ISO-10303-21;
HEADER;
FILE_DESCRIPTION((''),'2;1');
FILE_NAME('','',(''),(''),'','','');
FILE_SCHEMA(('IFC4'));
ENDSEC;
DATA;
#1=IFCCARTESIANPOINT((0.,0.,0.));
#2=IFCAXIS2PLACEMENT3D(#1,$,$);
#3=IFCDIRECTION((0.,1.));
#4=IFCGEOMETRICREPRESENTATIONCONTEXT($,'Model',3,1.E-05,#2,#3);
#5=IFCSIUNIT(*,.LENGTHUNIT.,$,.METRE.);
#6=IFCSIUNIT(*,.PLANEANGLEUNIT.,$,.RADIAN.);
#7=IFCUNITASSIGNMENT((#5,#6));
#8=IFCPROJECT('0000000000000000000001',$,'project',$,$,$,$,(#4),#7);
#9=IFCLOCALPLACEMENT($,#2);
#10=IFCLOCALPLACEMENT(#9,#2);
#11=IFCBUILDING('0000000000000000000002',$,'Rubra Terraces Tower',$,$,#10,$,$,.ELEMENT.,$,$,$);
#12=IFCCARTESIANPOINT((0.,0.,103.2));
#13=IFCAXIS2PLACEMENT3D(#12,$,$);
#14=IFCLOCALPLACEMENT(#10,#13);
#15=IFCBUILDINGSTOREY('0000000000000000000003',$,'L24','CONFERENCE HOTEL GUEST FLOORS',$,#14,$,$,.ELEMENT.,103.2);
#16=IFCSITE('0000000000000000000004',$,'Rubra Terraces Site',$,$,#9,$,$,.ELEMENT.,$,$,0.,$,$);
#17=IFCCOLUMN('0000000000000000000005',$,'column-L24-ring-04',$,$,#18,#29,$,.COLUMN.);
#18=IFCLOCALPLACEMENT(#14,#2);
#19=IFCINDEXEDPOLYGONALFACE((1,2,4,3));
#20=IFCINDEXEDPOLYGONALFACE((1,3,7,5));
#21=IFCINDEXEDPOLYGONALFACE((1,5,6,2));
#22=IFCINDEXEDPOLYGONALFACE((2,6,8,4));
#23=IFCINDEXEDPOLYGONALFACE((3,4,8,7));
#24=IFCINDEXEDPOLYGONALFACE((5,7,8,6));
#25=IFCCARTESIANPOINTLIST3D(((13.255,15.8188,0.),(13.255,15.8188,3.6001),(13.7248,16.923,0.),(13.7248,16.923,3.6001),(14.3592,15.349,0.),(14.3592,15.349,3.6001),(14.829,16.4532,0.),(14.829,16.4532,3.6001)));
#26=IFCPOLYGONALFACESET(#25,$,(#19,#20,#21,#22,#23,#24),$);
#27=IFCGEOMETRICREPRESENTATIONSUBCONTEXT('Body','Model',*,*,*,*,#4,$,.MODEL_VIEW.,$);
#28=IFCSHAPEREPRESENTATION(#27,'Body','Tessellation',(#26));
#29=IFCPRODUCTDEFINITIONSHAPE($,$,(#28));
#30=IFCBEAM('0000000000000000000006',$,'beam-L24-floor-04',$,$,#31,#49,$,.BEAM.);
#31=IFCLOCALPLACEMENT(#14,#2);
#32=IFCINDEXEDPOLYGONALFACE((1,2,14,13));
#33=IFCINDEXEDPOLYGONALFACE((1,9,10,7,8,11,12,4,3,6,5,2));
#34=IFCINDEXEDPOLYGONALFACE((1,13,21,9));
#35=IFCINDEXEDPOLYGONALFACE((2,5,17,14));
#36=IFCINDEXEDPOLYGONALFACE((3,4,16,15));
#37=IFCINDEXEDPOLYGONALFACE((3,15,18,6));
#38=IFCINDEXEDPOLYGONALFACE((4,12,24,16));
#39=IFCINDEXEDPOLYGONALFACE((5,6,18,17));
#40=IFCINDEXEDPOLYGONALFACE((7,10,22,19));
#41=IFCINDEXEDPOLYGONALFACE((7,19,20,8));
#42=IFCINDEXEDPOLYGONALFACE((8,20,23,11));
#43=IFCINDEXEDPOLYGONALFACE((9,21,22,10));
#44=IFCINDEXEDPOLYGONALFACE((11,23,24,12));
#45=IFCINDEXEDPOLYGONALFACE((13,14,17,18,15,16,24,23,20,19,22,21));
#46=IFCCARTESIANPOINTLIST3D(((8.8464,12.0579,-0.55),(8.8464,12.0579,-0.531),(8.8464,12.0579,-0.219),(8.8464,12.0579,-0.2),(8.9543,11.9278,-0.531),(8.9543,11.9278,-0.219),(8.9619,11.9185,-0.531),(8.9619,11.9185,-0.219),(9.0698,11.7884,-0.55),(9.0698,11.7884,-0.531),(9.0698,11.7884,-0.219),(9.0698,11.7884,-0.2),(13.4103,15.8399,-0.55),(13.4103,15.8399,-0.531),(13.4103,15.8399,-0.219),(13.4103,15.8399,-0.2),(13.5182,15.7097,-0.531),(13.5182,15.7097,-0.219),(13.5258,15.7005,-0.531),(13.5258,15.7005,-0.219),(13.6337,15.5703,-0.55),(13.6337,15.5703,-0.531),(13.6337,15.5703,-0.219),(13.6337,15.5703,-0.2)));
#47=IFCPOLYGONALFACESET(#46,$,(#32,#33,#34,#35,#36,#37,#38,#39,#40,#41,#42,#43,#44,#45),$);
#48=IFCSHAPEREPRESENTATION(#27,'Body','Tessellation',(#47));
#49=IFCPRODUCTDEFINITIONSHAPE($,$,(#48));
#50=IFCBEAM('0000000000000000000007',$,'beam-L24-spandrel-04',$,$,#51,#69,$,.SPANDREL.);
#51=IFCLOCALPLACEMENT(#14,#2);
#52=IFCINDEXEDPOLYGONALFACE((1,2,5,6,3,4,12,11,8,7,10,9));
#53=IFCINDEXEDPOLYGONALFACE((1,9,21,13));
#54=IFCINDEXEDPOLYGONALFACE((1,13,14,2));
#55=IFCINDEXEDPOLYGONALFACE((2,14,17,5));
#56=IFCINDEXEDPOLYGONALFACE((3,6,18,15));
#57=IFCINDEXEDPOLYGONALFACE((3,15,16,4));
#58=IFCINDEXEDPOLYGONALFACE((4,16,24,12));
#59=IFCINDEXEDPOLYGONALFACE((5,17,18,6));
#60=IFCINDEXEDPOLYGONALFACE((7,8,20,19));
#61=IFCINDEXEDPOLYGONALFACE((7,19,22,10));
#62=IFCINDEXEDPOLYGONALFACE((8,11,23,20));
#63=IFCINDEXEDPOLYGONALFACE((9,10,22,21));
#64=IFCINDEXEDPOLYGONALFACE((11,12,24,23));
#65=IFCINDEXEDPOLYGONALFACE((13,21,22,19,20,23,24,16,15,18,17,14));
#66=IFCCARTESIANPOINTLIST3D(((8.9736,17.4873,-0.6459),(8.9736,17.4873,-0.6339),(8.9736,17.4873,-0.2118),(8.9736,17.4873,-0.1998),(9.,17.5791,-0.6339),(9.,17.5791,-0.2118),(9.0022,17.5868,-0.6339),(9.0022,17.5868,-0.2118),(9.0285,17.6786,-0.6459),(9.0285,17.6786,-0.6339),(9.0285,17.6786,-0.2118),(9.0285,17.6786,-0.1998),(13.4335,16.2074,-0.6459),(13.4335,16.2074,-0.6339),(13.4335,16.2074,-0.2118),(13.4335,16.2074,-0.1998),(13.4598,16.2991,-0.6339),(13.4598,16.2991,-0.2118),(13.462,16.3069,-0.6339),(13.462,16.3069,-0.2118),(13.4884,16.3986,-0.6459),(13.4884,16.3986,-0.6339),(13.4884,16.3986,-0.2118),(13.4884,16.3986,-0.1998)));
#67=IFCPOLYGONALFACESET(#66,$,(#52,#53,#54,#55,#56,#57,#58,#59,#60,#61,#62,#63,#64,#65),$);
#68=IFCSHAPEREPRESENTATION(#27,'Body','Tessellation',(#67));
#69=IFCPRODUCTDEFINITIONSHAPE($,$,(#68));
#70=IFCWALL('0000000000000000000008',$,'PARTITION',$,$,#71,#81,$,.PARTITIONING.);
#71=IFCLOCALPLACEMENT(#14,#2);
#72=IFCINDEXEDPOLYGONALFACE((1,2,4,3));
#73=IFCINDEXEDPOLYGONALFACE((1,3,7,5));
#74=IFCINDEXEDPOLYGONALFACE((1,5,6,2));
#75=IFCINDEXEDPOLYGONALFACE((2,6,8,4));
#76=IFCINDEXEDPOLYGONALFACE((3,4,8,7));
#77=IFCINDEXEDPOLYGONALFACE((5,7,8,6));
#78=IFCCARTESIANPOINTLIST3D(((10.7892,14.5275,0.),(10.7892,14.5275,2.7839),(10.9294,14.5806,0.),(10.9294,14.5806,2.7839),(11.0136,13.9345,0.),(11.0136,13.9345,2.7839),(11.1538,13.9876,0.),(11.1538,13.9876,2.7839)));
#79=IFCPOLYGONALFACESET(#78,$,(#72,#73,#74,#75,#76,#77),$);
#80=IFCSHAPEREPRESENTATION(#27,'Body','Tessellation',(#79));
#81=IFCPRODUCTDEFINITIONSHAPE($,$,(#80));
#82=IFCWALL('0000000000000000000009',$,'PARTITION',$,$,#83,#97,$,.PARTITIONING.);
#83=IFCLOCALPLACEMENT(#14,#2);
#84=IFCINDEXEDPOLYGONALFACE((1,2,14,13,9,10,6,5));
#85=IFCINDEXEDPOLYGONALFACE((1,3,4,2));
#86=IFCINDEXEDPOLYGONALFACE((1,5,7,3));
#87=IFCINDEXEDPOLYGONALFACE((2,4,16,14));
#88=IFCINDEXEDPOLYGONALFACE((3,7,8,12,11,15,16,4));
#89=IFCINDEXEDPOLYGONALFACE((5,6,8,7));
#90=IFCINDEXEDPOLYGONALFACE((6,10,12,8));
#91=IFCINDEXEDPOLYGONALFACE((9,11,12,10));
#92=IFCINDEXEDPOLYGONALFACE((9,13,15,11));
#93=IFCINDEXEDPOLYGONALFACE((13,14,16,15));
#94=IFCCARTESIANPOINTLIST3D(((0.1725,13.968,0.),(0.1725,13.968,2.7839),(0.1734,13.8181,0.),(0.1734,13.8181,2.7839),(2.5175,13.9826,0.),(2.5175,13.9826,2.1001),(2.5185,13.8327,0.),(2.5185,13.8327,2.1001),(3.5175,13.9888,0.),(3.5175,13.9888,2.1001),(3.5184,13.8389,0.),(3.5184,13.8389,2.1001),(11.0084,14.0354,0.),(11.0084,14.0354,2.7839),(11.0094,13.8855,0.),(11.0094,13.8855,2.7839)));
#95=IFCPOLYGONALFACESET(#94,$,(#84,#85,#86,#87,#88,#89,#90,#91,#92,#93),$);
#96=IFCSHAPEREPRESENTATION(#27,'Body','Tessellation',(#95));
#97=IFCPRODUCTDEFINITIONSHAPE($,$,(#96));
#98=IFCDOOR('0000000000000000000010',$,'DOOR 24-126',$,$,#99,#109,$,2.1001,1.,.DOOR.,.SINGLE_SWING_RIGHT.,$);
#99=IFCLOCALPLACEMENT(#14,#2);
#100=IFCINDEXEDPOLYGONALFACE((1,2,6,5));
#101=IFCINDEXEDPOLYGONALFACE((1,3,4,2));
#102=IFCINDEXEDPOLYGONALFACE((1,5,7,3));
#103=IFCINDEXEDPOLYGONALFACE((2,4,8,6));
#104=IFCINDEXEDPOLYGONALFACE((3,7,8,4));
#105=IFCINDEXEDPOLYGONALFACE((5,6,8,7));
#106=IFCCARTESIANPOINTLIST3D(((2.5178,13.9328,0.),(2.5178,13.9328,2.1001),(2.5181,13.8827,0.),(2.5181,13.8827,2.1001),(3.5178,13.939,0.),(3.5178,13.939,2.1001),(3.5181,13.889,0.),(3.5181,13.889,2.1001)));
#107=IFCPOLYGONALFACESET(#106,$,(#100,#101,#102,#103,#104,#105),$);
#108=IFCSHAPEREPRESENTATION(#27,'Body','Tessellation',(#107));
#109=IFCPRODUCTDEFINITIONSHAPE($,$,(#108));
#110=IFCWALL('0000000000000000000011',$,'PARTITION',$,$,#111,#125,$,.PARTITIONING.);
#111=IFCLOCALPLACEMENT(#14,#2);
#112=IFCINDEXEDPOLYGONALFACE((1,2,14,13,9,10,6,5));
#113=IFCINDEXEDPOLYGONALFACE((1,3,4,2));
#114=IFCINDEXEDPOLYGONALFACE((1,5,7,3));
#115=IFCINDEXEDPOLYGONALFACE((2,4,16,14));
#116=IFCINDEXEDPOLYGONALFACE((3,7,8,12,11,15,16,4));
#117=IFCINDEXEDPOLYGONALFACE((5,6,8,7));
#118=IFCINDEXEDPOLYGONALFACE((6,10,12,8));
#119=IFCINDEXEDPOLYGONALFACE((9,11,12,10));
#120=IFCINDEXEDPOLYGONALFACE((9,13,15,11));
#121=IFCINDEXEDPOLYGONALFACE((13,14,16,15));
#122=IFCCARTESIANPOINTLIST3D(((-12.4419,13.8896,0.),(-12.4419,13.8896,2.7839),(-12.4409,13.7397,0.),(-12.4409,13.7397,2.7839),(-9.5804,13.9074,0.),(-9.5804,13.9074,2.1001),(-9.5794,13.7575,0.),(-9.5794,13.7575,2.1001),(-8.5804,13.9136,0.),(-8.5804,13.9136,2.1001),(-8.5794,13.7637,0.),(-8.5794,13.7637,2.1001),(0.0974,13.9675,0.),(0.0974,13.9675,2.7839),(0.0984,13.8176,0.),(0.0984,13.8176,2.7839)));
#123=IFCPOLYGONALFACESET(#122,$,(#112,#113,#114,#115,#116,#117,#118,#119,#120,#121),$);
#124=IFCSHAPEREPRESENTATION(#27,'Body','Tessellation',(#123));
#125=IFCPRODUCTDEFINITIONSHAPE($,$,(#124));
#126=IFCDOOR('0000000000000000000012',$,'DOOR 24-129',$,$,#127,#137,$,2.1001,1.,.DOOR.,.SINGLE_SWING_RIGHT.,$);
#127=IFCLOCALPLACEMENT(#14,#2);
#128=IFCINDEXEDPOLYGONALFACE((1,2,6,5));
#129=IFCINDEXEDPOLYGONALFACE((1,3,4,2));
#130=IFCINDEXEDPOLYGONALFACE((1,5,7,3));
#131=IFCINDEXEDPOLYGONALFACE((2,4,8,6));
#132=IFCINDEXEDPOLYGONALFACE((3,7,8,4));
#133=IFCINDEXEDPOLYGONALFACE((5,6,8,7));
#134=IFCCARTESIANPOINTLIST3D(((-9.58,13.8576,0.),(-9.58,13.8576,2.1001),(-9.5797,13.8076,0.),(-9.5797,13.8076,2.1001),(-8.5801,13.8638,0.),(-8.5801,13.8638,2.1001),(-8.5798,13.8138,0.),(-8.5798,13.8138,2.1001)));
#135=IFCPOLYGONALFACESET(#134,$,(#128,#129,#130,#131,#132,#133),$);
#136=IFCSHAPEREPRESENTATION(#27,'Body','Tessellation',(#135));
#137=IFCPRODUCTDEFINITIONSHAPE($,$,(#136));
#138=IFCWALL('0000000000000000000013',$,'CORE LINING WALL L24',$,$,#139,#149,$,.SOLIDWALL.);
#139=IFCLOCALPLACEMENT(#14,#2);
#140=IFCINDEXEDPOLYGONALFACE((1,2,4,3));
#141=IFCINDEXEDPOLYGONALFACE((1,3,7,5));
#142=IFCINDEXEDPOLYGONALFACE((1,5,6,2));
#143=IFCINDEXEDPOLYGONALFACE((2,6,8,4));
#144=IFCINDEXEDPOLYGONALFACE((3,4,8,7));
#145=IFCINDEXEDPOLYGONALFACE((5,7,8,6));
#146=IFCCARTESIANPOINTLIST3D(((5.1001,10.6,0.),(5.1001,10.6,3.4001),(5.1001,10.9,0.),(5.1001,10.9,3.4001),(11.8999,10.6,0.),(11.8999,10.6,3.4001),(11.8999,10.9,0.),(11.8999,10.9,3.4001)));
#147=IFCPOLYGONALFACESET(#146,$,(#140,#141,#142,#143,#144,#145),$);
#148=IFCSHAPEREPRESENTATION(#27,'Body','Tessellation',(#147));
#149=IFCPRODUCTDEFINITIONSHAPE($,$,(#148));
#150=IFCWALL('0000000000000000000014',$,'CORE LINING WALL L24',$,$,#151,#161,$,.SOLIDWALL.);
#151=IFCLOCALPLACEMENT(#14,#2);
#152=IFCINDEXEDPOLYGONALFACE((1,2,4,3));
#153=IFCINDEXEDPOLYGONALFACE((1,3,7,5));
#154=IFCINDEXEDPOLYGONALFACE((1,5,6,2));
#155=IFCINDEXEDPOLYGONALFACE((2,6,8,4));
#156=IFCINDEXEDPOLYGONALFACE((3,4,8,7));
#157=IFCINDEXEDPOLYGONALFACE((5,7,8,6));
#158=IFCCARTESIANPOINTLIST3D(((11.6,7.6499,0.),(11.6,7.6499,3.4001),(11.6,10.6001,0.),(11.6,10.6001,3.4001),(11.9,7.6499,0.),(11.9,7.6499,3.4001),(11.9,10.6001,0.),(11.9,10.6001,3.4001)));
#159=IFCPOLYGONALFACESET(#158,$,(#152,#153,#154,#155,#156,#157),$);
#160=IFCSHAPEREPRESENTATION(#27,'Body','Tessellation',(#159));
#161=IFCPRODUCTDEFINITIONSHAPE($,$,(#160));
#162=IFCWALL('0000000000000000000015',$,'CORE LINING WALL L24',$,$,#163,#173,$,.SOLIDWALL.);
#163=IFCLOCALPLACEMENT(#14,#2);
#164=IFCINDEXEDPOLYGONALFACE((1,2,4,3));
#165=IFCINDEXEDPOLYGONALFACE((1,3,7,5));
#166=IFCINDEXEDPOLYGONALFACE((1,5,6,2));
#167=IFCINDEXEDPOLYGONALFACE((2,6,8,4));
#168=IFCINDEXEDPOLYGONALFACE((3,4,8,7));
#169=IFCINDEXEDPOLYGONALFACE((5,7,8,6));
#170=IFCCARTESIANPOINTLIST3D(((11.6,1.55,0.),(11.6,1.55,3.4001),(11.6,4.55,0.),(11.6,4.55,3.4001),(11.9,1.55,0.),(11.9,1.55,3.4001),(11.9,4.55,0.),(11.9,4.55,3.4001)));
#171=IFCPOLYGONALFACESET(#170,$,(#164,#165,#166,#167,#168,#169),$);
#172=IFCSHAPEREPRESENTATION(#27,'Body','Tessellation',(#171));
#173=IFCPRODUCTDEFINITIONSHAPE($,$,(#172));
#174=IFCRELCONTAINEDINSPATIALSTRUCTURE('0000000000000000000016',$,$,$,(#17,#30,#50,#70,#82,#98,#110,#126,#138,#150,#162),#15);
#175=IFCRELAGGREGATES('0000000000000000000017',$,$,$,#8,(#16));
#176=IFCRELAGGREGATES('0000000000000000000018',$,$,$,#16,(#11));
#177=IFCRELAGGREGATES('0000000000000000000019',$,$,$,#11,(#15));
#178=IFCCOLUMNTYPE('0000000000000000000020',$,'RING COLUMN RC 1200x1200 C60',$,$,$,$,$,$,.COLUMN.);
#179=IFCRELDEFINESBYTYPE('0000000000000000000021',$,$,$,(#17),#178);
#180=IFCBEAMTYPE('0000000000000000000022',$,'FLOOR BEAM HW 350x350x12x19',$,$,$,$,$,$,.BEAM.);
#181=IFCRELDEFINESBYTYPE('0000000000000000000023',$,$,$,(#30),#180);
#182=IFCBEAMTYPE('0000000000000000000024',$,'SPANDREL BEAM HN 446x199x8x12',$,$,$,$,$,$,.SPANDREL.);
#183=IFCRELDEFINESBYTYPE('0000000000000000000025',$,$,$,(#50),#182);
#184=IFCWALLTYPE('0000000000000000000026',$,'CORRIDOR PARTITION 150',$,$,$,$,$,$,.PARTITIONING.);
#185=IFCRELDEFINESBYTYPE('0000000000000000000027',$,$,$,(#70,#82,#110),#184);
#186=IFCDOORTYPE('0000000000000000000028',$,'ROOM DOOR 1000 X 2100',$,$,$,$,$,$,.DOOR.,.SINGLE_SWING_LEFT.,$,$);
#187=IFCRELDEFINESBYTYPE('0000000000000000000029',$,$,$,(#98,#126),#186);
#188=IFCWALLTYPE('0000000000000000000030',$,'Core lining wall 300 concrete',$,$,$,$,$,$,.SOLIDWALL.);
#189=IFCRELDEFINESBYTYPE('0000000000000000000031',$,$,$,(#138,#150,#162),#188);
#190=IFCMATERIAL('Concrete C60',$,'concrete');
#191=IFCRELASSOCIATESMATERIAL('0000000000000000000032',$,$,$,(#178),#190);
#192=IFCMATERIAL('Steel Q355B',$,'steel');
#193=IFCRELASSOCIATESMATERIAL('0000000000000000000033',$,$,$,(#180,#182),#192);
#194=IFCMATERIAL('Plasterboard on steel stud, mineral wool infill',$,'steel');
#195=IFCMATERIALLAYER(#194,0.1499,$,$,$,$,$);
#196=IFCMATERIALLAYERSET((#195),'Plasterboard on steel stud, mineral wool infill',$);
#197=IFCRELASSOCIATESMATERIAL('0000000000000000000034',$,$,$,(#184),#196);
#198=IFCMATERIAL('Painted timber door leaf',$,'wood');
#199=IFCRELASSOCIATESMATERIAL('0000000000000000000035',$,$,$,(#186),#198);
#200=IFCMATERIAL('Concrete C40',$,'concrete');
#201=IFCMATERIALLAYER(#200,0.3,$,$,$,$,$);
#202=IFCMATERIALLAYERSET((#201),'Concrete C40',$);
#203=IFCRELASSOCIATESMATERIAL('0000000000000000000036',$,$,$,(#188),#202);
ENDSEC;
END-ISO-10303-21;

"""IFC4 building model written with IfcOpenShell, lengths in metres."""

from ifc_helpers import new_model, si_unit, direction, frame, frame_2d, origin, origin_2d, place, context, subcontext, project, spatial, rectangle, i_section, extrude, material, layer, layer_set, material_profile, profile_set, type_object, element, fill, save


model = new_model("IFC4")

# Units and contexts
model_context = context("Model", 3, precision=1e-05, world=origin(), true_north=direction((0.0, 1.0)))
body_context = subcontext(model_context, "Body", "Model", "MODEL_VIEW")
ifc_project = project(units=[si_unit("LENGTHUNIT", "METRE"), si_unit("PLANEANGLEUNIT", "RADIAN")], contexts=[model_context])

# Site, building, storey
site_placement = place(None, origin())
site = spatial("IfcSite", under=ifc_project, at=site_placement, Name="Rubra Terraces Site", CompositionType="ELEMENT", RefElevation=0.0)
building_placement = place(site_placement, origin())
building = spatial("IfcBuilding", under=site, at=building_placement, Name="Rubra Terraces Tower", CompositionType="ELEMENT")
storey_placement = place(building_placement, frame((0.0, 0.0, 103.2)))
storey = spatial("IfcBuildingStorey", under=building, at=storey_placement, Name="L24", Description="CONFERENCE HOTEL GUEST FLOORS", CompositionType="ELEMENT", Elevation=103.2)

# Column
ifc_material_1 = material(Name="Concrete C60", Category="concrete")
ifc_material_profile_1 = material_profile(ifc_material_1, rectangle(XDim=1.2, YDim=1.2, at=origin_2d()), Name="RC 1200x1200")
ifc_profile_set_1 = profile_set([ifc_material_profile_1], Name="Concrete C60")
column_type = type_object("IfcColumnType", Name="RING COLUMN RC 1200x1200 C60", PredefinedType="COLUMN", material=ifc_profile_set_1)
column_placement = place(storey_placement, frame((14.042, 16.136, 0.0), z_axis=(0.0, 0.0, 1.0), x_axis=(-0.920168, 0.391524, 0.0)))
element("IfcColumn", 1, at=column_placement, inside=storey, type_object=column_type, Name="column-L24-ring-04", PredefinedType="COLUMN", context=body_context, shape_type="SweptSolid", body=[
    extrude(rectangle(XDim=1.2, YDim=1.2, at=origin_2d()), origin(), (0.0, 0.0, 1.0), 3.6001),
])

# Beams
ifc_material_2 = material(Name="Steel Q355B", Category="steel")
ifc_material_profile_2 = material_profile(ifc_material_2, i_section(OverallWidth=0.3501, OverallDepth=0.3501, WebThickness=0.012, FlangeThickness=0.019, at=origin_2d()), Name="HW 350x350x12x19")
ifc_profile_set_2 = profile_set([ifc_material_profile_2], Name="Steel Q355B")
beam_type_1 = type_object("IfcBeamType", Name="FLOOR BEAM HW 350x350x12x19", PredefinedType="BEAM", material=ifc_profile_set_2)
beam_1_placement = place(storey_placement, frame((13.522, 15.7051, -0.375), z_axis=(-0.769987, -0.638059, 0.0), x_axis=(0.638059, -0.769987, 0.0)))
element("IfcBeam", 2, at=beam_1_placement, inside=storey, type_object=beam_type_1, Name="beam-L24-floor-04", PredefinedType="BEAM", context=body_context, shape_type="SweptSolid", body=[
    extrude(i_section(OverallWidth=0.3501, OverallDepth=0.3501, WebThickness=0.012, FlangeThickness=0.019, at=origin_2d()), origin(), (0.0, 0.0, 1.0), 5.9272),
])
ifc_material_profile_3 = material_profile(ifc_material_2, i_section(OverallWidth=0.199, OverallDepth=0.446, WebThickness=0.0081, FlangeThickness=0.012, at=origin_2d()), Name="HN 446x199x8x12")
ifc_profile_set_3 = profile_set([ifc_material_profile_3], Name="Steel Q355B")
beam_type_2 = type_object("IfcBeamType", Name="SPANDREL BEAM HN 446x199x8x12", PredefinedType="SPANDREL", material=ifc_profile_set_3)
beam_2_placement = place(storey_placement, frame((13.4609, 16.303, -0.4229), z_axis=(-0.961196, 0.275868, 0.0), x_axis=(-0.275868, -0.961196, 0.0)))
element("IfcBeam", 3, at=beam_2_placement, inside=storey, type_object=beam_type_2, Name="beam-L24-spandrel-04", PredefinedType="SPANDREL", context=body_context, shape_type="SweptSolid", body=[
    extrude(i_section(OverallWidth=0.199, OverallDepth=0.446, WebThickness=0.0081, FlangeThickness=0.012, at=origin_2d()), origin(), (0.0, 0.0, 1.0), 4.6399),
])

# Wall
ifc_material_3 = material(Name="Plasterboard on steel stud, mineral wool infill", Category="steel")
ifc_layer_1 = layer(ifc_material_3, 0.1499)
ifc_layer_set_1 = layer_set([ifc_layer_1], Name="Plasterboard on steel stud, mineral wool infill")
wall_type_1 = type_object("IfcWallType", Name="CORRIDOR PARTITION 150", PredefinedType="PARTITIONING", material=ifc_layer_set_1)
wall_1_placement = place(storey_placement, frame((10.8594, 14.554, 0.0), z_axis=(0.0, 0.0, 1.0), x_axis=(0.353865, -0.935297, 0.0)))
element("IfcWall", 4, at=wall_1_placement, inside=storey, type_object=wall_type_1, Name="PARTITION", PredefinedType="PARTITIONING", context=body_context, shape_type="SweptSolid", body=[
    extrude(rectangle(XDim=0.634, YDim=0.1499, at=frame_2d((0.3169, 0.0))), origin(), (0.0, 0.0, 1.0), 2.7839),
])

# Walls, openings, doors
wall_2_placement = place(storey_placement, frame((11.0088, 13.9604, 0.0), z_axis=(0.0, 0.0, 1.0), x_axis=(-0.999981, -0.006218, 0.0)))
wall_2 = element("IfcWall", 5, at=wall_2_placement, inside=storey, type_object=wall_type_1, Name="PARTITION", PredefinedType="PARTITIONING", context=body_context, shape_type="SweptSolid", body=[
    extrude(rectangle(XDim=10.8362, YDim=0.1499, at=frame_2d((5.418, 0.0))), origin(), (0.0, 0.0, 1.0), 2.7839),
])
opening_1_placement = place(wall_2_placement, frame((7.491, 0.0, 0.0)))
opening_1 = element("IfcOpeningElement", 6, at=opening_1_placement, cuts=wall_2, PredefinedType="OPENING", context=body_context, shape_type="SweptSolid", body=[
    extrude(rectangle(XDim=1.0, YDim=2.1001, at=frame_2d((0.5, 1.05))), frame((0.0, 0.085, 0.0), z_axis=(0.0, -1.0, 0.0), x_axis=(1.0, 0.0, 0.0)), (0.0, 0.0, 1.0), 0.1699),
])
ifc_material_4 = material(Name="Painted timber door leaf", Category="wood")
door_type_1 = type_object("IfcDoorType", Name="ROOM DOOR 1000 X 2100", OperationType="SINGLE_SWING_LEFT", PredefinedType="DOOR", material=ifc_material_4)
door_1_placement = place(opening_1_placement, origin())
door_1 = element("IfcDoor", 7, at=door_1_placement, inside=storey, type_object=door_type_1, Name="DOOR 24-126", OperationType="SINGLE_SWING_RIGHT", OverallHeight=2.1001, OverallWidth=1.0, PredefinedType="DOOR", context=body_context, shape_type="SweptSolid", body=[
    extrude(rectangle(XDim=1.0, YDim=2.1001, at=frame_2d((0.5, 1.05))), frame((0.0, 0.0249, 0.0), z_axis=(0.0, -1.0, 0.0), x_axis=(1.0, 0.0, 0.0)), (0.0, 0.0, 1.0), 0.05),
])
fill(opening_1, door_1)
wall_3_placement = place(storey_placement, frame((0.0979, 13.8926, 0.0), z_axis=(0.0, 0.0, 1.0), x_axis=(-0.999981, -0.006211, 0.0)))
wall_3 = element("IfcWall", 8, at=wall_3_placement, inside=storey, type_object=wall_type_1, Name="PARTITION", PredefinedType="PARTITIONING", context=body_context, shape_type="SweptSolid", body=[
    extrude(rectangle(XDim=12.5396, YDim=0.1499, at=frame_2d((6.2698, 0.0))), origin(), (0.0, 0.0, 1.0), 2.7839),
])
opening_2_placement = place(wall_3_placement, frame((8.678, 0.0, 0.0)))
opening_2 = element("IfcOpeningElement", 9, at=opening_2_placement, cuts=wall_3, PredefinedType="OPENING", context=body_context, shape_type="SweptSolid", body=[
    extrude(rectangle(XDim=1.0, YDim=2.1001, at=frame_2d((0.5, 1.05))), frame((0.0, 0.085, 0.0), z_axis=(0.0, -1.0, 0.0), x_axis=(1.0, 0.0, 0.0)), (0.0, 0.0, 1.0), 0.1699),
])
door_2_placement = place(opening_2_placement, origin())
door_2 = element("IfcDoor", 10, at=door_2_placement, inside=storey, type_object=door_type_1, Name="DOOR 24-129", OperationType="SINGLE_SWING_RIGHT", OverallHeight=2.1001, OverallWidth=1.0, PredefinedType="DOOR", context=body_context, shape_type="SweptSolid", body=[
    extrude(rectangle(XDim=1.0, YDim=2.1001, at=frame_2d((0.5, 1.05))), frame((0.0, 0.0249, 0.0), z_axis=(0.0, -1.0, 0.0), x_axis=(1.0, 0.0, 0.0)), (0.0, 0.0, 1.0), 0.05),
])
fill(opening_2, door_2)

# Walls
ifc_material_5 = material(Name="Concrete C40", Category="concrete")
ifc_layer_2 = layer(ifc_material_5, 0.3)
ifc_layer_set_2 = layer_set([ifc_layer_2], Name="Concrete C40")
wall_type_2 = type_object("IfcWallType", Name="Core lining wall 300 concrete", PredefinedType="SOLIDWALL", material=ifc_layer_set_2)
wall_4_placement = place(storey_placement, frame((11.8999, 10.75, 0.0), z_axis=(0.0, 0.0, 1.0), x_axis=(-1.0, 0.0, 0.0)))
element("IfcWall", 11, at=wall_4_placement, inside=storey, type_object=wall_type_2, Name="CORE LINING WALL L24", PredefinedType="SOLIDWALL", context=body_context, shape_type="SweptSolid", body=[
    extrude(rectangle(XDim=6.7998, YDim=0.3, at=frame_2d((3.3999, 0.0))), origin(), (0.0, 0.0, 1.0), 3.4001),
])
wall_5_placement = place(storey_placement, frame((11.75, 10.6001, 0.0), z_axis=(0.0, 0.0, 1.0), x_axis=(0.0, -1.0, 0.0)))
element("IfcWall", 12, at=wall_5_placement, inside=storey, type_object=wall_type_2, Name="CORE LINING WALL L24", PredefinedType="SOLIDWALL", context=body_context, shape_type="SweptSolid", body=[
    extrude(rectangle(XDim=2.9502, YDim=0.3, at=frame_2d((1.4751, 0.0))), origin(), (0.0, 0.0, 1.0), 3.4001),
])
wall_6_placement = place(storey_placement, frame((11.75, 4.55, 0.0), z_axis=(0.0, 0.0, 1.0), x_axis=(0.0, -1.0, 0.0)))
element("IfcWall", 13, at=wall_6_placement, inside=storey, type_object=wall_type_2, Name="CORE LINING WALL L24", PredefinedType="SOLIDWALL", context=body_context, shape_type="SweptSolid", body=[
    extrude(rectangle(XDim=3.0, YDim=0.3, at=frame_2d((1.5, 0.0))), origin(), (0.0, 0.0, 1.0), 3.4001),
])

save(model, "model.ifc")
